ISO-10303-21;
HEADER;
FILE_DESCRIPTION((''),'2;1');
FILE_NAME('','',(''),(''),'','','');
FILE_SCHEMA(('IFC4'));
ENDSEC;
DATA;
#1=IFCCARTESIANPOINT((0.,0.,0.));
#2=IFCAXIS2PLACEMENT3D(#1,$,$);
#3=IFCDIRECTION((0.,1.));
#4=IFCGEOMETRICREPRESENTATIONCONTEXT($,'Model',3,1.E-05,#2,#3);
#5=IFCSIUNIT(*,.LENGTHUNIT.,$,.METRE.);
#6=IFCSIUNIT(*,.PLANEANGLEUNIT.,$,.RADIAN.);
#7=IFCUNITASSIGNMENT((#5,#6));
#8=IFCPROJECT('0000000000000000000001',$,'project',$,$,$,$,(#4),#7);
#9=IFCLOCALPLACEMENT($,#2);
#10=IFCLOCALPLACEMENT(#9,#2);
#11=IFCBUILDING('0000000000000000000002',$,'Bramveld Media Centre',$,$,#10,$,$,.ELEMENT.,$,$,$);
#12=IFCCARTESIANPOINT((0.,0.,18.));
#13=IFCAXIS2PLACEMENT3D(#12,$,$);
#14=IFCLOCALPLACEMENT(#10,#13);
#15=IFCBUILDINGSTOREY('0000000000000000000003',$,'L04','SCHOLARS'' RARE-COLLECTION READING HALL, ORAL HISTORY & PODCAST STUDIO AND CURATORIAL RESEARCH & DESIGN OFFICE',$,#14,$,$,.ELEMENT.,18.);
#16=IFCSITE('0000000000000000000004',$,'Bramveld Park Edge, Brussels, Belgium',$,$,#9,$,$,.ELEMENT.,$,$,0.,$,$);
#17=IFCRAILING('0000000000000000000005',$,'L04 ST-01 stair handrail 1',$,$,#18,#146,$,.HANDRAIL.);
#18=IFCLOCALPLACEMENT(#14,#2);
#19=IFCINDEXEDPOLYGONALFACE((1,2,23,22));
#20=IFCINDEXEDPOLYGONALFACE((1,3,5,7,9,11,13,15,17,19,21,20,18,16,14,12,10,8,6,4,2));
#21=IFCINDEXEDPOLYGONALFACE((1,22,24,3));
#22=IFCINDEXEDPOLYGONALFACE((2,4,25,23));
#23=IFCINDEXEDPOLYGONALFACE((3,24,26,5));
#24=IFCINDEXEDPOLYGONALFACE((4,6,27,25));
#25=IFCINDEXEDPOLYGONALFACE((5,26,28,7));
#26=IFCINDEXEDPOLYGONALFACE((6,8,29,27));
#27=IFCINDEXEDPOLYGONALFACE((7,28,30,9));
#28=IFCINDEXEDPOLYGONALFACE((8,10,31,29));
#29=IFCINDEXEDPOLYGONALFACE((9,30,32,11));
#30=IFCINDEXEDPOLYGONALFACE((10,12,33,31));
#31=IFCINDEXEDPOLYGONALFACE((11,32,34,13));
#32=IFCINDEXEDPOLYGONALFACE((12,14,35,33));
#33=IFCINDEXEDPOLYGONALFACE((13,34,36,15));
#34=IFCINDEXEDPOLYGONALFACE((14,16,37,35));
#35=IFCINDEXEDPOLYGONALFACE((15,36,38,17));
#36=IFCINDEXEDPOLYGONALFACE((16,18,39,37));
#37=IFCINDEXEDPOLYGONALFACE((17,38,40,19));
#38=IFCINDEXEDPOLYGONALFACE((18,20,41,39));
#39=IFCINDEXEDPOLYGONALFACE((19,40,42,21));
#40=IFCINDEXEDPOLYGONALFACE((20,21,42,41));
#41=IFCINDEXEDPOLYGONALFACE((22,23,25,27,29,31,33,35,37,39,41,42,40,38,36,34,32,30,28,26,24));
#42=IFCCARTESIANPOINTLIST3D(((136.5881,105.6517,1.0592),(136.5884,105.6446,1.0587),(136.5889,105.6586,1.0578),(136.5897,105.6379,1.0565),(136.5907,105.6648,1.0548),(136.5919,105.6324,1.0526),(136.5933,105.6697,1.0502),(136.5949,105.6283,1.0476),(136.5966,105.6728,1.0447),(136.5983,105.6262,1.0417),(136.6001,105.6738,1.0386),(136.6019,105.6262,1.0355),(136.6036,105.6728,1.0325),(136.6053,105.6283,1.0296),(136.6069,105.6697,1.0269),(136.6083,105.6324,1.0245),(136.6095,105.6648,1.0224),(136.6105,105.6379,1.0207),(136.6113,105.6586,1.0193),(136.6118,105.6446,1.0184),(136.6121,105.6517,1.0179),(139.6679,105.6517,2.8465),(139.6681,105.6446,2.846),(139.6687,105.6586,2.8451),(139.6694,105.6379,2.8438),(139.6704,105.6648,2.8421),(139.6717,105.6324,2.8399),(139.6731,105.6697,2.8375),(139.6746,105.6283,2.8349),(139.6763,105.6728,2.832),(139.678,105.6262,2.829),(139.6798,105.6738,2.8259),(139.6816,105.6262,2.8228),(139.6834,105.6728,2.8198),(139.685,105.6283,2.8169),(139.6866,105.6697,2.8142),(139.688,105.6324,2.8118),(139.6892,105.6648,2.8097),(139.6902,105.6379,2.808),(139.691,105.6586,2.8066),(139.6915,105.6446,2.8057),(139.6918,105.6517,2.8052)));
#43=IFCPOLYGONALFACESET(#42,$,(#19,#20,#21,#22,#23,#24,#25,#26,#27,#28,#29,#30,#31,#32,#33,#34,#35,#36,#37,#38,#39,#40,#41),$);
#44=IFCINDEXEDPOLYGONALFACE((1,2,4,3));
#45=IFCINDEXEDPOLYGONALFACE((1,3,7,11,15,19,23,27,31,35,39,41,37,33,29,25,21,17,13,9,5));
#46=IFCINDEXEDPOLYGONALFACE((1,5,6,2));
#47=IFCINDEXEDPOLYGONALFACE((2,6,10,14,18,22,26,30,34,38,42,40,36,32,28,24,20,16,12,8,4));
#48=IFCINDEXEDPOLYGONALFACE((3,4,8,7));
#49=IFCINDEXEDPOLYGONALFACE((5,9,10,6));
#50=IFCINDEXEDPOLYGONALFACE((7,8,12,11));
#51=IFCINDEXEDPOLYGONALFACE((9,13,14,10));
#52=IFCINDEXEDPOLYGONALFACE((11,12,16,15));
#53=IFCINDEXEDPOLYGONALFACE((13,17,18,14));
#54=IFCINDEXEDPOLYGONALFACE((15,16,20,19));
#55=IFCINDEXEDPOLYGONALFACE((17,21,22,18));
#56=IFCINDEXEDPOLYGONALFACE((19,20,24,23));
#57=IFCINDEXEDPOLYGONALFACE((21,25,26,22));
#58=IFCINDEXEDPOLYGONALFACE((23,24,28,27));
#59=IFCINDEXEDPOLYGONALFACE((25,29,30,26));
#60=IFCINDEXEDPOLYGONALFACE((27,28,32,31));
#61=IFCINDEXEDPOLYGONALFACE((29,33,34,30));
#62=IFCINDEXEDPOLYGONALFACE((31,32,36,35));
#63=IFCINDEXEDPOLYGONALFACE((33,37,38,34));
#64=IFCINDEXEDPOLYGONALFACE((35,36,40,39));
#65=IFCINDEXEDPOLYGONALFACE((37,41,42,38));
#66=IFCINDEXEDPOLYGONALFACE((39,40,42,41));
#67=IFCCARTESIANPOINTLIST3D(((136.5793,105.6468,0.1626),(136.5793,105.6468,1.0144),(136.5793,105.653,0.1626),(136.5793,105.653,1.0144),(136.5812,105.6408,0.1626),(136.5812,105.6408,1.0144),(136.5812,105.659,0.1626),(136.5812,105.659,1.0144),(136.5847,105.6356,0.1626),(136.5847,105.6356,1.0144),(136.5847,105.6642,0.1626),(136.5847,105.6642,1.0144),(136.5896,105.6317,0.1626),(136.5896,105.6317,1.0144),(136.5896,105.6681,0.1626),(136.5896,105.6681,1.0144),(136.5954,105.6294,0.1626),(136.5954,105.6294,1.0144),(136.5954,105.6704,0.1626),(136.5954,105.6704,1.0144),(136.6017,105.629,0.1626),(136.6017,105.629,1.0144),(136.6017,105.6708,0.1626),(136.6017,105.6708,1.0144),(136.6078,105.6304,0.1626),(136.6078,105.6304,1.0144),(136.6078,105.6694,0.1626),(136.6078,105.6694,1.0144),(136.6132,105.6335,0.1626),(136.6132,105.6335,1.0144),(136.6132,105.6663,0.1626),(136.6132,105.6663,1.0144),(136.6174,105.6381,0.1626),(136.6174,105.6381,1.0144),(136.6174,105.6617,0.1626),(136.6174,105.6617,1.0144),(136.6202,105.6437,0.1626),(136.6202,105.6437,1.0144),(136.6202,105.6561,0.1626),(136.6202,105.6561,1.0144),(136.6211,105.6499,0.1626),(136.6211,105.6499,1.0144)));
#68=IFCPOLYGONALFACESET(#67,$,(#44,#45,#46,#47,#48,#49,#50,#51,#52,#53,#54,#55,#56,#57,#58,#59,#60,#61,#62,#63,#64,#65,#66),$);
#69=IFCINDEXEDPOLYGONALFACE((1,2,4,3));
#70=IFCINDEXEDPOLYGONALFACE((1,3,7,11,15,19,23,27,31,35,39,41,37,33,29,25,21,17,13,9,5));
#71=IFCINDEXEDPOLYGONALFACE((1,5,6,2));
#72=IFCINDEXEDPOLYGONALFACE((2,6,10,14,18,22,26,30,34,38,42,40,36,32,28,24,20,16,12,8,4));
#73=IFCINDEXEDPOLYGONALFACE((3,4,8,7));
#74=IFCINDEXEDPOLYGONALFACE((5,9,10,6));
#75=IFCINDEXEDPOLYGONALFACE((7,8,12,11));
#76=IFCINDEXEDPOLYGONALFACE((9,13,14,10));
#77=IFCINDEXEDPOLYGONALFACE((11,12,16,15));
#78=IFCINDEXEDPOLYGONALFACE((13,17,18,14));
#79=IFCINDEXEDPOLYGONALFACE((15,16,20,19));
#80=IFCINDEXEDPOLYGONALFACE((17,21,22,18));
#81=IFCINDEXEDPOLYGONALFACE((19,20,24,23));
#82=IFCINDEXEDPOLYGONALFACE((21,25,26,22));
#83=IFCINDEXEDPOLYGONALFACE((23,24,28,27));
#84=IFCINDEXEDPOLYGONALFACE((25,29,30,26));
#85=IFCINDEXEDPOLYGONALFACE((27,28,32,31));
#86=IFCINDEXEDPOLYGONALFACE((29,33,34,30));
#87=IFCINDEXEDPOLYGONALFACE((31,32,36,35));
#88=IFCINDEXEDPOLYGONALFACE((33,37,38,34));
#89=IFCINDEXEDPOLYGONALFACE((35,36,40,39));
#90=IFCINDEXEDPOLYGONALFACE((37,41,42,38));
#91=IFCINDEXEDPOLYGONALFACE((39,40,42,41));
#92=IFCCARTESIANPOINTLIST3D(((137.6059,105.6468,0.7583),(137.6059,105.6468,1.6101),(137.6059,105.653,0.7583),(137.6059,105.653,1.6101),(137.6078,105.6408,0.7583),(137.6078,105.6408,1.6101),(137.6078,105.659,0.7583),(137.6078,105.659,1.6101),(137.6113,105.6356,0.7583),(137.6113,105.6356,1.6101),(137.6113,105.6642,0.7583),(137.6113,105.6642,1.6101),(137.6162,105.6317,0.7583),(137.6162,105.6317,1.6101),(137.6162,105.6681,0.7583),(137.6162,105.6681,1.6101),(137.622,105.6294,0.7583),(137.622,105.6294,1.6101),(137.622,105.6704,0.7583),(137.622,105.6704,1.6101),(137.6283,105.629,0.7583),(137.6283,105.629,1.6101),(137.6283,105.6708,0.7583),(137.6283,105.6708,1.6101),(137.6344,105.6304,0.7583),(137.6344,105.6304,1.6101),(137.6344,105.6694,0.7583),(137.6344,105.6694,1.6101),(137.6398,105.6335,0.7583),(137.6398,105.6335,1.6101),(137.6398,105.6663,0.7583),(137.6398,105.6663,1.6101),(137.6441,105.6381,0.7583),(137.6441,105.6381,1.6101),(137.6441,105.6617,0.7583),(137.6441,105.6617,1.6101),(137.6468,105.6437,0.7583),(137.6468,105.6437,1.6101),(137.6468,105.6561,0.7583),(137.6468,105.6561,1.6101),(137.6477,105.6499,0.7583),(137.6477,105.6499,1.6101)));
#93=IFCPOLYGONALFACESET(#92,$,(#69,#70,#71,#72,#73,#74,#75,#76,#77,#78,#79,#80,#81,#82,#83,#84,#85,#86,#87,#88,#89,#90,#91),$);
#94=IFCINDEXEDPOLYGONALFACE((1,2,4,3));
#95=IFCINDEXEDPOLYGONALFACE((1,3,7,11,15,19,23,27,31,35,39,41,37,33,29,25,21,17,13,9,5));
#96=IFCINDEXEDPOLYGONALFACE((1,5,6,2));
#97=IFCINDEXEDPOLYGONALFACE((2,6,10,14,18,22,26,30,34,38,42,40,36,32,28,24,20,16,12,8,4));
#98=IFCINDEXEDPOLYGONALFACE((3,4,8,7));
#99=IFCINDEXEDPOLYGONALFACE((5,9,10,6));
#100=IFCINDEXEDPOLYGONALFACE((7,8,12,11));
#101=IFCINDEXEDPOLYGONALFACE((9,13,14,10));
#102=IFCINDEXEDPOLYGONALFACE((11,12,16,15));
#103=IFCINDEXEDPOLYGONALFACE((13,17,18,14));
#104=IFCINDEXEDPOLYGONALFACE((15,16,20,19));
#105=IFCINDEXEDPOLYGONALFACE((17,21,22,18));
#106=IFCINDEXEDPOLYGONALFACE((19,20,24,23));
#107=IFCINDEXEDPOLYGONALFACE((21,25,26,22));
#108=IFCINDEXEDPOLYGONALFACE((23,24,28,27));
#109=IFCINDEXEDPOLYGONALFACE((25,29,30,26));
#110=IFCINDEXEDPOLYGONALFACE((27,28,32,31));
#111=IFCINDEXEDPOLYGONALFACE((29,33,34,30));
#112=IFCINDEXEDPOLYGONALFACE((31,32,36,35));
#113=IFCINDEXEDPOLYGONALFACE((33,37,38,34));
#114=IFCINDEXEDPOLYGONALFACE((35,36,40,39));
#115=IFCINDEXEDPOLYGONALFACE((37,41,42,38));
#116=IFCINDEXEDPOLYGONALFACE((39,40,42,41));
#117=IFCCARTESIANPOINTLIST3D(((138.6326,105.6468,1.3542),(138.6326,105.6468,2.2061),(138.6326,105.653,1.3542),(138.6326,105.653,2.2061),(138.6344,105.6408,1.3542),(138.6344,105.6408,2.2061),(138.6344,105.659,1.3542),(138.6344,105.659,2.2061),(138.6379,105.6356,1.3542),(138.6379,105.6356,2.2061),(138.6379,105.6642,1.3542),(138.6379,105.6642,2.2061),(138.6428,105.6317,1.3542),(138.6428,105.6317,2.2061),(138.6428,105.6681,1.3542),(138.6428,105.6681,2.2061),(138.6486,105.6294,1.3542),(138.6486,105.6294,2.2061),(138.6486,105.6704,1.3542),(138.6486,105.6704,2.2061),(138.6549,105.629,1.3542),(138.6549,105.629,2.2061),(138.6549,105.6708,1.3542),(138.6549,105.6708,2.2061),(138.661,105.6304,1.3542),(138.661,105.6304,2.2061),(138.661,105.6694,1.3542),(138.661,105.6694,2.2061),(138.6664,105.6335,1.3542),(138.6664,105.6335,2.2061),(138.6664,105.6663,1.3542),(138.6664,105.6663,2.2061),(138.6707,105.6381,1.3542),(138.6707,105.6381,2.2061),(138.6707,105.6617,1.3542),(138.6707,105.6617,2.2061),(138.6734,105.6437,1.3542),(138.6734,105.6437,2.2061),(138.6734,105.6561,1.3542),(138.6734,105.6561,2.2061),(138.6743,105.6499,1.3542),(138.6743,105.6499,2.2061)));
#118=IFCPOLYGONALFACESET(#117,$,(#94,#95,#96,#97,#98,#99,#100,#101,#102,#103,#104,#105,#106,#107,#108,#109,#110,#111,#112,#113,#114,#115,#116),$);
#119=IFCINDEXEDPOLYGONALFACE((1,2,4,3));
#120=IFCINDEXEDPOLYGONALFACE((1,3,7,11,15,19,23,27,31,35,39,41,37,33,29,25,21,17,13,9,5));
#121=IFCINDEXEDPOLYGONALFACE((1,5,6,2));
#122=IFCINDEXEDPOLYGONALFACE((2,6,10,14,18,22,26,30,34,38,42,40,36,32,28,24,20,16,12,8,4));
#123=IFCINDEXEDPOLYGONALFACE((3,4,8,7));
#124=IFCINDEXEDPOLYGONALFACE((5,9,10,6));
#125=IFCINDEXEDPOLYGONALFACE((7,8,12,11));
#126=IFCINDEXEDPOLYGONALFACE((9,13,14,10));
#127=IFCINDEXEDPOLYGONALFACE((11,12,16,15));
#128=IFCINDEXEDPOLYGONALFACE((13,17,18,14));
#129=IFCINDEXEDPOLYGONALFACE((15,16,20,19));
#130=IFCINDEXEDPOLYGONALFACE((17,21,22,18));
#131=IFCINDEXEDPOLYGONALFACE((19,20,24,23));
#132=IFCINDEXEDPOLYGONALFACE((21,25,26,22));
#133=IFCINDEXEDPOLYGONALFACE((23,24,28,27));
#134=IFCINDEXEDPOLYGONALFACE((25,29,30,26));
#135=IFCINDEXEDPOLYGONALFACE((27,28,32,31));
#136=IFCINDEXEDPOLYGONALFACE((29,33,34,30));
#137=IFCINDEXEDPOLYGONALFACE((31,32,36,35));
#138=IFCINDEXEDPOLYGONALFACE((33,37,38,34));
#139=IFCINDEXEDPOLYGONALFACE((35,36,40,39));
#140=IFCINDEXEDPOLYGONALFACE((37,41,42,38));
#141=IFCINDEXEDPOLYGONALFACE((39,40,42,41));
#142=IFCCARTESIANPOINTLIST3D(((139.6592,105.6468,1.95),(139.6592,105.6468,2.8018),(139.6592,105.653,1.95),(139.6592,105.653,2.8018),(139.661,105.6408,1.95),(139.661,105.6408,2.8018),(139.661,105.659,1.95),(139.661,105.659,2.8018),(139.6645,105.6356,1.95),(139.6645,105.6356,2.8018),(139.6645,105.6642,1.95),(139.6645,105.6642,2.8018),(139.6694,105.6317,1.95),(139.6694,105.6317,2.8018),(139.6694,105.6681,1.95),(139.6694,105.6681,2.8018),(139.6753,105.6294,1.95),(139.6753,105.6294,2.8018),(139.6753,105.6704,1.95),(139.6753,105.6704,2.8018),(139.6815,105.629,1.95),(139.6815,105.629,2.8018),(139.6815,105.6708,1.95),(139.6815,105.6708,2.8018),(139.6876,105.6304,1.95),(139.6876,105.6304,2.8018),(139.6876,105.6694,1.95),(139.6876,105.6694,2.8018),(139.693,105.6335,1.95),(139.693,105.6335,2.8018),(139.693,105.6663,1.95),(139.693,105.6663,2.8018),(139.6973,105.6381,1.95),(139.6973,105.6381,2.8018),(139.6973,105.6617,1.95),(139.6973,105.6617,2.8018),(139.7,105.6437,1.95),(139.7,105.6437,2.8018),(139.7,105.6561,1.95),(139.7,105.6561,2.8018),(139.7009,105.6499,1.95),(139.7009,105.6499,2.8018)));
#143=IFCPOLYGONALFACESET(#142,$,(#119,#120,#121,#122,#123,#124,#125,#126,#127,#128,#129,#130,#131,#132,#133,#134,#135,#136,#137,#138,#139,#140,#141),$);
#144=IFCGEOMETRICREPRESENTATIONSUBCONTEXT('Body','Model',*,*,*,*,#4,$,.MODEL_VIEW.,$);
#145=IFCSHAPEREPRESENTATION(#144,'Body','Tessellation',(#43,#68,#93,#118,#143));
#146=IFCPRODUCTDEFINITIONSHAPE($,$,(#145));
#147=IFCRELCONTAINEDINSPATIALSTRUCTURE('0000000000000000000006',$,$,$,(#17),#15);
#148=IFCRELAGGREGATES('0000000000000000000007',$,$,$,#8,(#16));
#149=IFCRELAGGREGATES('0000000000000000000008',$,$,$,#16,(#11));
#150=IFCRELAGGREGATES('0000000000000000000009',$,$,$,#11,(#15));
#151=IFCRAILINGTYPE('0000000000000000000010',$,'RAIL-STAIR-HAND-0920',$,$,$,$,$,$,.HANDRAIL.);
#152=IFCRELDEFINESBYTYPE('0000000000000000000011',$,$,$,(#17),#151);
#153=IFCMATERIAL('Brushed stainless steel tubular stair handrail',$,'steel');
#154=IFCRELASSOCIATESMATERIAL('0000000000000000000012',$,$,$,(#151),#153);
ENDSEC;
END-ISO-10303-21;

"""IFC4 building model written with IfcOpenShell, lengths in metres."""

from ifc_helpers import new_model, si_unit, direction, frame, origin, origin_2d, place, context, subcontext, project, spatial, circle, extrude, material, type_object, element, save


model = new_model("IFC4")

# Units and contexts
model_context = context("Model", 3, precision=1e-05, world=origin(), true_north=direction((0.0, 1.0)))
body_context = subcontext(model_context, "Body", "Model", "MODEL_VIEW")
ifc_project = project(units=[si_unit("LENGTHUNIT", "METRE"), si_unit("PLANEANGLEUNIT", "RADIAN")], contexts=[model_context])

# Site, building, storey
site_placement = place(None, origin())
site = spatial("IfcSite", under=ifc_project, at=site_placement, Name="Bramveld Park Edge, Brussels, Belgium", CompositionType="ELEMENT", RefElevation=0.0)
building_placement = place(site_placement, origin())
building = spatial("IfcBuilding", under=site, at=building_placement, Name="Bramveld Media Centre", CompositionType="ELEMENT")
storey_placement = place(building_placement, frame((0.0, 0.0, 18.0)))
storey = spatial("IfcBuildingStorey", under=building, at=storey_placement, Name="L04", Description="SCHOLARS' RARE-COLLECTION READING HALL, ORAL HISTORY & PODCAST STUDIO AND CURATORIAL RESEARCH & DESIGN OFFICE", CompositionType="ELEMENT", Elevation=18.0)

# Railing
ifc_material_1 = material(Name="Brushed stainless steel tubular stair handrail", Category="steel")
railing_type_1 = type_object("IfcRailingType", Name="RAIL-STAIR-HAND-0920", PredefinedType="HANDRAIL", material=ifc_material_1)
railing_1_placement = place(storey_placement, frame((136.6001, 105.6499, 0.1626)))
element("IfcRailing", 1, at=railing_1_placement, inside=storey, type_object=railing_type_1, Name="L04 ST-01 stair handrail 1", PredefinedType="HANDRAIL", context=body_context, shape_type="SweptSolid", body=[
    extrude(circle(Radius=0.0239, at=origin_2d()), frame((0.0, 0.0, 0.876), z_axis=(0.864903, 0.0, 0.501939), x_axis=(0.0, 1.0, 0.0)), (0.0, 0.0, 1.0), 3.5608),
    extrude(circle(Radius=0.021, at=origin_2d()), origin(), (0.0, 0.0, 1.0), 0.8518),
    extrude(circle(Radius=0.021, at=origin_2d()), frame((1.0266, 0.0, 0.5957)), (0.0, 0.0, 1.0), 0.8518),
    extrude(circle(Radius=0.021, at=origin_2d()), frame((2.0532, 0.0, 1.1917)), (0.0, 0.0, 1.0), 0.8518),
    extrude(circle(Radius=0.021, at=origin_2d()), frame((3.0798, 0.0, 1.7874)), (0.0, 0.0, 1.0), 0.8518),
])

save(model, "model.ifc")
